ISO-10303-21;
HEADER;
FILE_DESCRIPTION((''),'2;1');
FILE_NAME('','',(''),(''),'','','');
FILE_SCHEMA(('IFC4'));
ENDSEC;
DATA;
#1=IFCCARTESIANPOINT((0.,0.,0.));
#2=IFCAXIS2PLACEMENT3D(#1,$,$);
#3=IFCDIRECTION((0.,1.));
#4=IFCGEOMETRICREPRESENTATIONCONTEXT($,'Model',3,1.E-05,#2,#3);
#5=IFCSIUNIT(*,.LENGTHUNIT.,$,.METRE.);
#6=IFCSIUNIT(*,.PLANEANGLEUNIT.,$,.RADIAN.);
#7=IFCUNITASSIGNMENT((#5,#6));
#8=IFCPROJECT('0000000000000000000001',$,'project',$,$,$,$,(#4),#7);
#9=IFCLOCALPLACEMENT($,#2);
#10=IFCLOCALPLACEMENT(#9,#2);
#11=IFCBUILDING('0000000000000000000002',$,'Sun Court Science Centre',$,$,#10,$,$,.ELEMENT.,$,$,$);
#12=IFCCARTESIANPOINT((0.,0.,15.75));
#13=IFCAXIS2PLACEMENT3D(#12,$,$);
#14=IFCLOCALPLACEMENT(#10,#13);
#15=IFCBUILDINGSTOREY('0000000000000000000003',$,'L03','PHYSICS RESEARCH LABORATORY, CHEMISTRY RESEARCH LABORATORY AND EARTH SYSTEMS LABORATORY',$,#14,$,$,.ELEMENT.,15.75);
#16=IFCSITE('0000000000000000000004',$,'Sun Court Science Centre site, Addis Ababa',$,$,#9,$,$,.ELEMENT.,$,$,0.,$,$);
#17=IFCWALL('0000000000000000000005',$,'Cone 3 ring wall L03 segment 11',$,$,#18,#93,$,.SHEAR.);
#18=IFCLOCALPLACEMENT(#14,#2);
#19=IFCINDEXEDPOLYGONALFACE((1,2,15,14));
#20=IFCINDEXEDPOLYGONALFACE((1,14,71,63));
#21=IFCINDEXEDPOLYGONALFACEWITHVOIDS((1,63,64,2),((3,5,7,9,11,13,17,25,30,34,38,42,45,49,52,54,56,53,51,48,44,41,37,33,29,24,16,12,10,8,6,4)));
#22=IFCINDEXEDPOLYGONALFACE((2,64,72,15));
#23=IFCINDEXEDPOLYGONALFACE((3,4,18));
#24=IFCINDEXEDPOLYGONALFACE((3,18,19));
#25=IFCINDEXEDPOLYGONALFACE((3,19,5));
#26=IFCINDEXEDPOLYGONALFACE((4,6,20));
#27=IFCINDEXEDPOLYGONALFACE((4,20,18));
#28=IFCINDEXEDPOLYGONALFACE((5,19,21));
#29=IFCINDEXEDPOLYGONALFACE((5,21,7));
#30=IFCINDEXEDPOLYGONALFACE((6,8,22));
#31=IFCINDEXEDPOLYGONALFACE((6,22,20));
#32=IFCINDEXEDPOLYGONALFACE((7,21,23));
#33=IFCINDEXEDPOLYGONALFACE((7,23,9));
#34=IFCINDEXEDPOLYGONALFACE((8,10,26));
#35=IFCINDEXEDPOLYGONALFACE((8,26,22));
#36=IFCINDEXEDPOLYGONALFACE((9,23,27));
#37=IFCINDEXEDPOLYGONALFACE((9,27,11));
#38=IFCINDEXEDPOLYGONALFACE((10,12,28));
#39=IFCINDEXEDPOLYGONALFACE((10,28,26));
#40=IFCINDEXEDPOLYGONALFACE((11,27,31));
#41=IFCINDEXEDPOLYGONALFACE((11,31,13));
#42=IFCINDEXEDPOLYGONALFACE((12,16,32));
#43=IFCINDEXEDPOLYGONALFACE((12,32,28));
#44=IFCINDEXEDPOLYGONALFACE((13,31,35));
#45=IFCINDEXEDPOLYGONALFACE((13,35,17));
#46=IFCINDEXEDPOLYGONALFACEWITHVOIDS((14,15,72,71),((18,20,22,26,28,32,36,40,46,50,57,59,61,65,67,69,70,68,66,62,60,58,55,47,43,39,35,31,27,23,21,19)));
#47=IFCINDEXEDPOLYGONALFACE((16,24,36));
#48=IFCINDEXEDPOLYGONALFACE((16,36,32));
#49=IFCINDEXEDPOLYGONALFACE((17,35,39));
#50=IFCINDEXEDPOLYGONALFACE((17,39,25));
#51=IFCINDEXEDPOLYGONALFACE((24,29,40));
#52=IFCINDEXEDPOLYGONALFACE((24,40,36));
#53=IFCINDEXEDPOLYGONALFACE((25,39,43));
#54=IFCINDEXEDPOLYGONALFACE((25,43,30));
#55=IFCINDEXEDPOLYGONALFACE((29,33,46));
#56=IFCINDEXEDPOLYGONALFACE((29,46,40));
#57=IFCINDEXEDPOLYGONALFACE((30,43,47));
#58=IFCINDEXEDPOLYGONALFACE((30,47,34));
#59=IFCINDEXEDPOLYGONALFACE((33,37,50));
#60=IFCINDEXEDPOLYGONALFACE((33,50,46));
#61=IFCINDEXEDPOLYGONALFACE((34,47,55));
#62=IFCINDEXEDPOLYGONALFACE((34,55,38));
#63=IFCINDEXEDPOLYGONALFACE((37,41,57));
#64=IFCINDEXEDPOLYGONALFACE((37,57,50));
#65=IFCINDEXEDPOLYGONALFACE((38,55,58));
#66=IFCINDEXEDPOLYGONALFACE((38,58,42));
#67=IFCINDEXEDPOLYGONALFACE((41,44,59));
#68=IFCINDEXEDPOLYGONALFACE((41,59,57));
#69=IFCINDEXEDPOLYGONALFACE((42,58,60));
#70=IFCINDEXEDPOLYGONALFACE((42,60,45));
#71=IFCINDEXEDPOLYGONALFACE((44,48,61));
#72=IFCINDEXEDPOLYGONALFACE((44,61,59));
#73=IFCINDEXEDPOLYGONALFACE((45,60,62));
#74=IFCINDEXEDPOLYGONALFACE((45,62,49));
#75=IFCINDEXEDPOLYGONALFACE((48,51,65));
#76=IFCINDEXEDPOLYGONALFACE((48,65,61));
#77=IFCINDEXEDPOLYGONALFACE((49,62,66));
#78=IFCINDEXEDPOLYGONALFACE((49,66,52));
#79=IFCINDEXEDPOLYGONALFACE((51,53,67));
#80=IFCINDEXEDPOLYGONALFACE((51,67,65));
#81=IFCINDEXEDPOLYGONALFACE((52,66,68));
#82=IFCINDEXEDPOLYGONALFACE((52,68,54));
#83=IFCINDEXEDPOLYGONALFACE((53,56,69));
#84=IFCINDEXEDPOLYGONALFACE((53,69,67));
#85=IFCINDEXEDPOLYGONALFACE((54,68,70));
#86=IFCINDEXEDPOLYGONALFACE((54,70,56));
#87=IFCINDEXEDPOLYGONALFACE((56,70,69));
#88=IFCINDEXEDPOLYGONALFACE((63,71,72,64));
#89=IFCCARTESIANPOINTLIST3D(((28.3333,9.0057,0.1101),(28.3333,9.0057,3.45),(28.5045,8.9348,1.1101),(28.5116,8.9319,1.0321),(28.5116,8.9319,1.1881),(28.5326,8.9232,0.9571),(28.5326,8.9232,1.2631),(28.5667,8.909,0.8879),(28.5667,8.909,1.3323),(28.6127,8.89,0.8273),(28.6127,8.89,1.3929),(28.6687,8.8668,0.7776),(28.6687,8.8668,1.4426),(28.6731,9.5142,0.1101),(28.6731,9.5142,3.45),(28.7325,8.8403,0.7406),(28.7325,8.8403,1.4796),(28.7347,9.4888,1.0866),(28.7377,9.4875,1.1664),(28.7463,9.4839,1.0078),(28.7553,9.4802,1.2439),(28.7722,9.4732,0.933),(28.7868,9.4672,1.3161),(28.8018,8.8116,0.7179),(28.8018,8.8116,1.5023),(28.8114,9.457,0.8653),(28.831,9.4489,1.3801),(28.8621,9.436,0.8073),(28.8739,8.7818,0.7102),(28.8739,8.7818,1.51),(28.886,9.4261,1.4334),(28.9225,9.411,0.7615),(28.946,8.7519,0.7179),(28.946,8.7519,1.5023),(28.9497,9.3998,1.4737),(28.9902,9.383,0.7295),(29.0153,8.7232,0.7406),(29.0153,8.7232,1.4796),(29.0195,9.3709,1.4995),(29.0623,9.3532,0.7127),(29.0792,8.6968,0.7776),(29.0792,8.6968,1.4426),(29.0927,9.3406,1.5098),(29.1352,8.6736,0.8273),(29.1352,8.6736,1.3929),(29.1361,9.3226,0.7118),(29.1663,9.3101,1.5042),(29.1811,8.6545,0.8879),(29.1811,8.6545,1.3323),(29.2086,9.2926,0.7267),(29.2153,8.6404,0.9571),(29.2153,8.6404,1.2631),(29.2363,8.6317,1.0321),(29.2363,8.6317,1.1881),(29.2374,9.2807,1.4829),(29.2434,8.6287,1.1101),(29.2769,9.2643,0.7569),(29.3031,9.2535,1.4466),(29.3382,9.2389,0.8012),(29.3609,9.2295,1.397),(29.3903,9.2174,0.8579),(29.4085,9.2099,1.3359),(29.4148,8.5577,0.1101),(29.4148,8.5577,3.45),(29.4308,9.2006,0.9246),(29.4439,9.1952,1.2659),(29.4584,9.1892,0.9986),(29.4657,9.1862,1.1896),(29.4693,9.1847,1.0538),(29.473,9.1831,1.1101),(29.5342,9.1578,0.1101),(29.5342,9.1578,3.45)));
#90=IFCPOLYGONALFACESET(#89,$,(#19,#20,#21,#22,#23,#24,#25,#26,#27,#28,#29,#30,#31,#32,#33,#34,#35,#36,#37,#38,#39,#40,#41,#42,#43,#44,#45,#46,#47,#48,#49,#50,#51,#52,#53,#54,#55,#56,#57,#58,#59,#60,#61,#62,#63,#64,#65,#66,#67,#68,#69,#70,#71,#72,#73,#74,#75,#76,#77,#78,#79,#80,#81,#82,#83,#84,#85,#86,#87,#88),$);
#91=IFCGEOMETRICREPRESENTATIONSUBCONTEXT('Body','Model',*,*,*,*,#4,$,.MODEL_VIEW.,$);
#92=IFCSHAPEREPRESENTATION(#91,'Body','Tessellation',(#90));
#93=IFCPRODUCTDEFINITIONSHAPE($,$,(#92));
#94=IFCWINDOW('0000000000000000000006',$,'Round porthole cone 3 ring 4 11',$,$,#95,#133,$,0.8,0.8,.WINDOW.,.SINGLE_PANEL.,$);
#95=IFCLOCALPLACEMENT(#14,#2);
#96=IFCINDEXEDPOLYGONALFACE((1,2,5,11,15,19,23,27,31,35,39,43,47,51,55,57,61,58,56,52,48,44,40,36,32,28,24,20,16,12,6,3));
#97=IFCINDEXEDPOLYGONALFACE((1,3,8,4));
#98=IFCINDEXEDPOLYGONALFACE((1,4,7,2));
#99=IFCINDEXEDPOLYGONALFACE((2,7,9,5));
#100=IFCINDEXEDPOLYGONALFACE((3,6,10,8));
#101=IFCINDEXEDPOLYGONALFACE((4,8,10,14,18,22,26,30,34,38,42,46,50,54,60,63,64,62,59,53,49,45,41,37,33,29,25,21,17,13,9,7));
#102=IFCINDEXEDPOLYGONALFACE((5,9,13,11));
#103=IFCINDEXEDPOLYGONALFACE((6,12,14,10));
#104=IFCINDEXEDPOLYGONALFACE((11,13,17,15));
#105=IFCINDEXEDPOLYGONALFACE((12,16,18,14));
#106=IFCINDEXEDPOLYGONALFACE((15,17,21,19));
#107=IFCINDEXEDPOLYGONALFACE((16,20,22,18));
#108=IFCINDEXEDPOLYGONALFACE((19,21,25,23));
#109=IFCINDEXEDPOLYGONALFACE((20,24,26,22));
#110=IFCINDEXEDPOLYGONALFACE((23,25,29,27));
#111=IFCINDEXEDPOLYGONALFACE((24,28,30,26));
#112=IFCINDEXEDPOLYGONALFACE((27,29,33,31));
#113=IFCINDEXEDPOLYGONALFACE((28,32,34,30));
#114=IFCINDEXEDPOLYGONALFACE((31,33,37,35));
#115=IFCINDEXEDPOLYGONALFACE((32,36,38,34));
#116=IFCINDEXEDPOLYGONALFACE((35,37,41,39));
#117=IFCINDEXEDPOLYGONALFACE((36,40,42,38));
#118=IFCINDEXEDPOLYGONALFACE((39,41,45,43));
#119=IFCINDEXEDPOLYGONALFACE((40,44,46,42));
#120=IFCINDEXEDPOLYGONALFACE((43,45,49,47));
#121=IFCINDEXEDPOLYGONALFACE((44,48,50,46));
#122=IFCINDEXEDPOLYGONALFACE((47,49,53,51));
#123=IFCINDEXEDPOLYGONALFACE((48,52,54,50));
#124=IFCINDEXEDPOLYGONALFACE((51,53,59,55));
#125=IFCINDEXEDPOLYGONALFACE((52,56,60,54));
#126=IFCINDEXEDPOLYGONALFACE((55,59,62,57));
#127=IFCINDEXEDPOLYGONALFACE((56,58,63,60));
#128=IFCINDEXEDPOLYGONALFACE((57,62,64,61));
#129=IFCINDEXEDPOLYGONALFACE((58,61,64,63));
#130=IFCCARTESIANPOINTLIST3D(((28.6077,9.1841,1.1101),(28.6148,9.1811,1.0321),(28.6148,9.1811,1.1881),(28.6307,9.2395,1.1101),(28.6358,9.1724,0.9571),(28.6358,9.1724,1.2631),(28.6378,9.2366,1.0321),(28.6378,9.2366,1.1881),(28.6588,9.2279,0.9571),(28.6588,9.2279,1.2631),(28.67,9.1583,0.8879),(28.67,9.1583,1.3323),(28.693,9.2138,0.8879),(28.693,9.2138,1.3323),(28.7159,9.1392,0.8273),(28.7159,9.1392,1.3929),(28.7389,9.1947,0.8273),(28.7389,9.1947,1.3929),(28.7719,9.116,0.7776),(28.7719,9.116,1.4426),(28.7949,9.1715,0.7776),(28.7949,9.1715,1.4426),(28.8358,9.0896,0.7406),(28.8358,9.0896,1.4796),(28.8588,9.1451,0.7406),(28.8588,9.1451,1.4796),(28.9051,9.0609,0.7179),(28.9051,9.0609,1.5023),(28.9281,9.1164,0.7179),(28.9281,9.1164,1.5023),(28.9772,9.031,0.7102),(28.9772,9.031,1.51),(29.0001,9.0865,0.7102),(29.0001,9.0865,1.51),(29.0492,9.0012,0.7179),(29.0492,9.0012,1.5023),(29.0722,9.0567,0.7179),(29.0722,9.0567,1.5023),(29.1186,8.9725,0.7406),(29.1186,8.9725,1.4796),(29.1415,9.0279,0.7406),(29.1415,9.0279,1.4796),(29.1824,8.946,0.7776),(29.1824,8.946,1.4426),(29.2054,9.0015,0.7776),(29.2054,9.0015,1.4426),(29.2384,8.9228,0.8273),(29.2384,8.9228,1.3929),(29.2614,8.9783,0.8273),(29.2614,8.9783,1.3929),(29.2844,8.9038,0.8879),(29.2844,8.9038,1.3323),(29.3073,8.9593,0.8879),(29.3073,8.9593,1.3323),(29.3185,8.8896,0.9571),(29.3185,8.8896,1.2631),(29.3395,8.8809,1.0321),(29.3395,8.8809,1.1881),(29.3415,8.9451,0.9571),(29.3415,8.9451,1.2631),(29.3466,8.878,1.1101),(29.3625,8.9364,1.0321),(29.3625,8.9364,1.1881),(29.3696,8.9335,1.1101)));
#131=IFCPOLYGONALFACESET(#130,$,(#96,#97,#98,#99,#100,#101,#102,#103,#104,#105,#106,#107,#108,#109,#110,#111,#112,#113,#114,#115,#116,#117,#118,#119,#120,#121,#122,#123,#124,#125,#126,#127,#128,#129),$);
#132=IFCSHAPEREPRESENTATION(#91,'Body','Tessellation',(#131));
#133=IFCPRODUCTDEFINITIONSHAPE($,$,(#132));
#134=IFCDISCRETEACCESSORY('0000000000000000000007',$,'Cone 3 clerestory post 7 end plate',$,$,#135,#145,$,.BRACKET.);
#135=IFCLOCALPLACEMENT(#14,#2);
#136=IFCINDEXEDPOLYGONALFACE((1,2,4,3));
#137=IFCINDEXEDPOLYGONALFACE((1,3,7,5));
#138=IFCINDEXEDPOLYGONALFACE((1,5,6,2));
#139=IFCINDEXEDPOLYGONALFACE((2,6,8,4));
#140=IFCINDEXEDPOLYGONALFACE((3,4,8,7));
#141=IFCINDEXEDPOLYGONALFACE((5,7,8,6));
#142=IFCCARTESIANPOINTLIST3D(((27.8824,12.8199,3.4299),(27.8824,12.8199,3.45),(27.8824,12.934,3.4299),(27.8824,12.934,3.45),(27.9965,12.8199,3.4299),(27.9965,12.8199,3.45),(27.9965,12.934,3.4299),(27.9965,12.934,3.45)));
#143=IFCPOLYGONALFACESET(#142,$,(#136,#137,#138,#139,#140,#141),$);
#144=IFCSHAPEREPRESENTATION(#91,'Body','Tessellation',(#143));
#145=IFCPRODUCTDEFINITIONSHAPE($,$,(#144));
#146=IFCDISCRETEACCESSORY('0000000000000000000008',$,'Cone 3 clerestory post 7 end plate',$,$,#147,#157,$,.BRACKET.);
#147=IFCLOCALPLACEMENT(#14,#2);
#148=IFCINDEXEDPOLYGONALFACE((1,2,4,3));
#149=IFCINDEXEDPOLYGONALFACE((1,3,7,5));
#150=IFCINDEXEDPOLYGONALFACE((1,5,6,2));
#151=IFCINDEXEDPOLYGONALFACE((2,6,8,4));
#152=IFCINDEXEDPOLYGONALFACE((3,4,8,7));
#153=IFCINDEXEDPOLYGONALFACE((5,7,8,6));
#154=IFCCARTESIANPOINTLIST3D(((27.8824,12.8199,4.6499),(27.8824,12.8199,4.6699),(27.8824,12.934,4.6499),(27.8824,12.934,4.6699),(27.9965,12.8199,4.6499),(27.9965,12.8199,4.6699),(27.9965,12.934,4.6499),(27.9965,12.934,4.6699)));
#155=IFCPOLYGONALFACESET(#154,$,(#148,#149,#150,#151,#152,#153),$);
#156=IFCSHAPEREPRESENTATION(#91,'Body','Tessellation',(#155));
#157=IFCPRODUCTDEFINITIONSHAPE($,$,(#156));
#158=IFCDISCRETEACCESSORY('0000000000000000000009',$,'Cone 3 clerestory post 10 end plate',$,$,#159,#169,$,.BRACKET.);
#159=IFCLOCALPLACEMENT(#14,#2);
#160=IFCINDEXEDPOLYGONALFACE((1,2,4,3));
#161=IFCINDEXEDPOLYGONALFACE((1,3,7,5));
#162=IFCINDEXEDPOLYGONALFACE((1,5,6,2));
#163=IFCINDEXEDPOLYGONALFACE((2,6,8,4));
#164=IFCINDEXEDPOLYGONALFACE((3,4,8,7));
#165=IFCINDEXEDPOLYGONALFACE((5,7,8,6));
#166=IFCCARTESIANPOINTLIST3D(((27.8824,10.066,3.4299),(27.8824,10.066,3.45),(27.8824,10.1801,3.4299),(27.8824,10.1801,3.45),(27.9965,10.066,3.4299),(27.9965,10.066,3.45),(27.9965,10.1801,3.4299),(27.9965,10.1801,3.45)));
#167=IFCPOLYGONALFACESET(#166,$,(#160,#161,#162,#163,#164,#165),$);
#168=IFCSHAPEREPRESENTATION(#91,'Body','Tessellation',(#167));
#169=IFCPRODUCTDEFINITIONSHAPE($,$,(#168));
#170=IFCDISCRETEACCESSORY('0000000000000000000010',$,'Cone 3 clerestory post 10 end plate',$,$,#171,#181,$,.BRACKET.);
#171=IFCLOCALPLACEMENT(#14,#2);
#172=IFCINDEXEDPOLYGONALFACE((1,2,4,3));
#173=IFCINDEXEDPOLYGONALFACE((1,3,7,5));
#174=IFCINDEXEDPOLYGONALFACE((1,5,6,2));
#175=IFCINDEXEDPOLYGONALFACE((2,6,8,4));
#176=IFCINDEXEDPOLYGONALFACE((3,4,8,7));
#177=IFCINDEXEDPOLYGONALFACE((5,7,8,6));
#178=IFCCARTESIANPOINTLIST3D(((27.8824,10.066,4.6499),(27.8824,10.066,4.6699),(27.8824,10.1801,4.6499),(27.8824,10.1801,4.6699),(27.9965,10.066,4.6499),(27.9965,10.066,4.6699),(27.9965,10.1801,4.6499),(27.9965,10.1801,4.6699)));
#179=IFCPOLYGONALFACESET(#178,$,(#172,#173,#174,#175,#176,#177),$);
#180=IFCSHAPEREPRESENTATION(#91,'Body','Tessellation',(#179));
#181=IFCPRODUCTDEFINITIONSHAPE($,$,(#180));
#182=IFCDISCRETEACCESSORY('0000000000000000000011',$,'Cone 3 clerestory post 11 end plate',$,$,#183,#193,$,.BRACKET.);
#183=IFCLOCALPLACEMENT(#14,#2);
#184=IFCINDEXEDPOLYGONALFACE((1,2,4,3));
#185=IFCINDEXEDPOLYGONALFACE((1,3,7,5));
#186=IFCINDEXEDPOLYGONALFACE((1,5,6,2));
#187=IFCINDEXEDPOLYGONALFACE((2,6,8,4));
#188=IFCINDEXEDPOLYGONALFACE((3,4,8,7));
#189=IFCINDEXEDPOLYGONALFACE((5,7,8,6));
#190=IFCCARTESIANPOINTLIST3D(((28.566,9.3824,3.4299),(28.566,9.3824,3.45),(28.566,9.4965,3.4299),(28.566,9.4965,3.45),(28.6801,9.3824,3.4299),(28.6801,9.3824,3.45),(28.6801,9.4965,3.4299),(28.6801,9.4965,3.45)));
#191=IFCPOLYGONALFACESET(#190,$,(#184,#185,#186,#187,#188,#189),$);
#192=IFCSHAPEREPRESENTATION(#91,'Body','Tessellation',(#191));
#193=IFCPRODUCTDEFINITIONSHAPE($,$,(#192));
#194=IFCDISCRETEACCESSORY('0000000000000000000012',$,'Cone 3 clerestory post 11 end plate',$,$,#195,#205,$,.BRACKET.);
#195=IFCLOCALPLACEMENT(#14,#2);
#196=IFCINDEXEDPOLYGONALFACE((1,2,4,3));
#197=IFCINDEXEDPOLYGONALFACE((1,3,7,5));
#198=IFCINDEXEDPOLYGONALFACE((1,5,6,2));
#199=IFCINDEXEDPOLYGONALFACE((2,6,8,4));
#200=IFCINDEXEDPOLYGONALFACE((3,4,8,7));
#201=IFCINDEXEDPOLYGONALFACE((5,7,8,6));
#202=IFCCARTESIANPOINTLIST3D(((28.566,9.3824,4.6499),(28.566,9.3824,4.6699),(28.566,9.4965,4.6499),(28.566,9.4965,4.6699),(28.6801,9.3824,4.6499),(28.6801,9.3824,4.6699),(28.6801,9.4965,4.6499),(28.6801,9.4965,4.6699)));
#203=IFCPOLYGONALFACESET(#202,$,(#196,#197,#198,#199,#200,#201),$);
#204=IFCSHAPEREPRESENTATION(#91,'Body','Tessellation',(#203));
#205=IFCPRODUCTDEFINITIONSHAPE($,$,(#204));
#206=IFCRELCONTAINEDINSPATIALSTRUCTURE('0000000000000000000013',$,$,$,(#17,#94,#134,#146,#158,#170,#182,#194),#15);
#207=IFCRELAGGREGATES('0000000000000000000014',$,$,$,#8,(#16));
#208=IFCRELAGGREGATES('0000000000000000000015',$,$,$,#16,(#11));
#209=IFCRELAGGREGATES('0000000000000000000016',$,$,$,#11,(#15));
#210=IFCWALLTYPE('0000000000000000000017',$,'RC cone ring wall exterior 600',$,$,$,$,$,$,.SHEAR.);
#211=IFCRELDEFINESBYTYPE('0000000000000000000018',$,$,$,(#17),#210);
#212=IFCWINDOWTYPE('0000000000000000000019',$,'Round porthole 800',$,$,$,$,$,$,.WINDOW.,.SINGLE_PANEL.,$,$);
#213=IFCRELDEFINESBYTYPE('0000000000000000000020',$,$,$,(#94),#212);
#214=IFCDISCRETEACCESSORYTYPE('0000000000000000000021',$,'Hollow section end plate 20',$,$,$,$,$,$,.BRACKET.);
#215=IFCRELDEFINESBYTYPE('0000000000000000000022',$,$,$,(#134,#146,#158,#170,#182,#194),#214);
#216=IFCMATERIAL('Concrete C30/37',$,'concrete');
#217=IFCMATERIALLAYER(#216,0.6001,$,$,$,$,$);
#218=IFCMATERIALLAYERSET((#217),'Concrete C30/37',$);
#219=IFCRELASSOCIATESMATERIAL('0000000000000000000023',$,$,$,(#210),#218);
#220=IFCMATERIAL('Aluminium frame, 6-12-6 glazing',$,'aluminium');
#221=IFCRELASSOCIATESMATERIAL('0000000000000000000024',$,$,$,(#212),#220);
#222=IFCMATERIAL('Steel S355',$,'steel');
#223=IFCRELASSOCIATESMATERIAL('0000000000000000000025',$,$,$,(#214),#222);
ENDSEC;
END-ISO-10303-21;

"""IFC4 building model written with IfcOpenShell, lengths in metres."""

from ifc_helpers import new_model, si_unit, direction, frame, frame_2d, origin, origin_2d, place, context, subcontext, project, spatial, polyline, rectangle, circle, outline, extrude, material, layer, layer_set, type_object, element, fill, save


model = new_model("IFC4")

# Units and contexts
model_context = context("Model", 3, precision=1e-05, world=origin(), true_north=direction((0.0, 1.0)))
body_context = subcontext(model_context, "Body", "Model", "MODEL_VIEW")
ifc_project = project(units=[si_unit("LENGTHUNIT", "METRE"), si_unit("PLANEANGLEUNIT", "RADIAN")], contexts=[model_context])

# Site, building, storey
site_placement = place(None, origin())
site = spatial("IfcSite", under=ifc_project, at=site_placement, Name="Sun Court Science Centre site, Addis Ababa", CompositionType="ELEMENT", RefElevation=0.0)
building_placement = place(site_placement, origin())
building = spatial("IfcBuilding", under=site, at=building_placement, Name="Sun Court Science Centre", CompositionType="ELEMENT")
storey_placement = place(building_placement, frame((0.0, 0.0, 15.75)))
storey = spatial("IfcBuildingStorey", under=building, at=storey_placement, Name="L03", Description="PHYSICS RESEARCH LABORATORY, CHEMISTRY RESEARCH LABORATORY AND EARTH SYSTEMS LABORATORY", CompositionType="ELEMENT", Elevation=15.75)

# Wall, opening, window
ifc_material_1 = material(Name="Concrete C30/37", Category="concrete")
ifc_layer_1 = layer(ifc_material_1, 0.6001)
ifc_layer_set_1 = layer_set([ifc_layer_1], Name="Concrete C30/37")
wall_type = type_object("IfcWallType", Name="RC cone ring wall exterior 600", PredefinedType="SHEAR", material=ifc_layer_set_1)
wall_placement = place(storey_placement, frame((28.448, 9.2827, 0.1101), z_axis=(0.0, 0.0, 1.0), x_axis=(0.923877, -0.382689, 0.0)))
wall = element("IfcWall", 1, at=wall_placement, inside=storey, type_object=wall_type, Name="Cone 3 ring wall L03 segment 11", PredefinedType="SHEAR", context=body_context, shape_type="SweptSolid", body=[
    extrude(outline(polyline([(0.0, -0.2998), (1.1707, -0.2998), (1.0513, 0.3003), (0.1194, 0.3), (0.0, -0.2998)])), origin(), (0.0, 0.0, 1.0), 3.3398),
])
opening_placement = place(wall_placement, frame((0.1853, 0.0, 0.6001)))
opening = element("IfcOpeningElement", 2, at=opening_placement, cuts=wall, PredefinedType="OPENING", context=body_context, shape_type="SweptSolid", body=[
    extrude(circle(Radius=0.3999, at=frame_2d((0.3999, 0.3999))), frame((0.0, 0.3101, 0.0), z_axis=(0.0, -1.0, 0.0), x_axis=(1.0, 0.0, 0.0)), (0.0, 0.0, 1.0), 0.6201),
])
ifc_material_2 = material(Name="Aluminium frame, 6-12-6 glazing", Category="aluminium")
window_type = type_object("IfcWindowType", Name="Round porthole 800", PartitioningType="SINGLE_PANEL", PredefinedType="WINDOW", material=ifc_material_2)
window_placement = place(opening_placement, origin())
window = element("IfcWindow", 3, at=window_placement, inside=storey, type_object=window_type, Name="Round porthole cone 3 ring 4 11", OverallHeight=0.8, OverallWidth=0.8, PartitioningType="SINGLE_PANEL", PredefinedType="WINDOW", context=body_context, shape_type="SweptSolid", body=[
    extrude(circle(Radius=0.3999, at=frame_2d((0.3999, 0.3999))), frame((0.0, 0.03, 0.0), z_axis=(0.0, -1.0, 0.0), x_axis=(1.0, 0.0, 0.0)), (0.0, 0.0, 1.0), 0.0601),
])
fill(opening, window)

# Discrete accessories
ifc_material_3 = material(Name="Steel S355", Category="steel")
discrete_accessory_type = type_object("IfcDiscreteAccessoryType", Name="Hollow section end plate 20", PredefinedType="BRACKET", material=ifc_material_3)
for number, where, z_axis, x_axis, name in (
    (4, (27.9395, 12.877, 3.4299), (0.0, 0.0, 1.0), (1.0, 0.0, 0.0), "Cone 3 clerestory post 7 end plate"),
    (5, (27.9395, 12.877, 4.6499), (0.0, 0.0, 1.0), (1.0, 0.0, 0.0), "Cone 3 clerestory post 7 end plate"),
    (6, (27.9395, 10.123, 3.4299), (0.0, 0.0, 1.0), (1.0, 0.0, 0.0), "Cone 3 clerestory post 10 end plate"),
    (7, (27.9395, 10.123, 4.6499), (0.0, 0.0, 1.0), (1.0, 0.0, 0.0), "Cone 3 clerestory post 10 end plate"),
    (8, (28.623, 9.4395, 3.4299), (0.0, 0.0, 1.0), (1.0, 0.0, 0.0), "Cone 3 clerestory post 11 end plate"),
    (9, (28.623, 9.4395, 4.6499), (0.0, 0.0, 1.0), (1.0, 0.0, 0.0), "Cone 3 clerestory post 11 end plate"),
):
    element("IfcDiscreteAccessory", number, at=place(storey_placement, frame(where, z_axis=z_axis, x_axis=x_axis)), inside=storey, type_object=discrete_accessory_type, Name=name, PredefinedType="BRACKET", context=body_context, shape_type="SweptSolid", body=[
        extrude(rectangle(XDim=0.114, YDim=0.114, at=origin_2d()), origin(), (0.0, 0.0, 1.0), 0.02),
    ])

save(model, "model.ifc")
